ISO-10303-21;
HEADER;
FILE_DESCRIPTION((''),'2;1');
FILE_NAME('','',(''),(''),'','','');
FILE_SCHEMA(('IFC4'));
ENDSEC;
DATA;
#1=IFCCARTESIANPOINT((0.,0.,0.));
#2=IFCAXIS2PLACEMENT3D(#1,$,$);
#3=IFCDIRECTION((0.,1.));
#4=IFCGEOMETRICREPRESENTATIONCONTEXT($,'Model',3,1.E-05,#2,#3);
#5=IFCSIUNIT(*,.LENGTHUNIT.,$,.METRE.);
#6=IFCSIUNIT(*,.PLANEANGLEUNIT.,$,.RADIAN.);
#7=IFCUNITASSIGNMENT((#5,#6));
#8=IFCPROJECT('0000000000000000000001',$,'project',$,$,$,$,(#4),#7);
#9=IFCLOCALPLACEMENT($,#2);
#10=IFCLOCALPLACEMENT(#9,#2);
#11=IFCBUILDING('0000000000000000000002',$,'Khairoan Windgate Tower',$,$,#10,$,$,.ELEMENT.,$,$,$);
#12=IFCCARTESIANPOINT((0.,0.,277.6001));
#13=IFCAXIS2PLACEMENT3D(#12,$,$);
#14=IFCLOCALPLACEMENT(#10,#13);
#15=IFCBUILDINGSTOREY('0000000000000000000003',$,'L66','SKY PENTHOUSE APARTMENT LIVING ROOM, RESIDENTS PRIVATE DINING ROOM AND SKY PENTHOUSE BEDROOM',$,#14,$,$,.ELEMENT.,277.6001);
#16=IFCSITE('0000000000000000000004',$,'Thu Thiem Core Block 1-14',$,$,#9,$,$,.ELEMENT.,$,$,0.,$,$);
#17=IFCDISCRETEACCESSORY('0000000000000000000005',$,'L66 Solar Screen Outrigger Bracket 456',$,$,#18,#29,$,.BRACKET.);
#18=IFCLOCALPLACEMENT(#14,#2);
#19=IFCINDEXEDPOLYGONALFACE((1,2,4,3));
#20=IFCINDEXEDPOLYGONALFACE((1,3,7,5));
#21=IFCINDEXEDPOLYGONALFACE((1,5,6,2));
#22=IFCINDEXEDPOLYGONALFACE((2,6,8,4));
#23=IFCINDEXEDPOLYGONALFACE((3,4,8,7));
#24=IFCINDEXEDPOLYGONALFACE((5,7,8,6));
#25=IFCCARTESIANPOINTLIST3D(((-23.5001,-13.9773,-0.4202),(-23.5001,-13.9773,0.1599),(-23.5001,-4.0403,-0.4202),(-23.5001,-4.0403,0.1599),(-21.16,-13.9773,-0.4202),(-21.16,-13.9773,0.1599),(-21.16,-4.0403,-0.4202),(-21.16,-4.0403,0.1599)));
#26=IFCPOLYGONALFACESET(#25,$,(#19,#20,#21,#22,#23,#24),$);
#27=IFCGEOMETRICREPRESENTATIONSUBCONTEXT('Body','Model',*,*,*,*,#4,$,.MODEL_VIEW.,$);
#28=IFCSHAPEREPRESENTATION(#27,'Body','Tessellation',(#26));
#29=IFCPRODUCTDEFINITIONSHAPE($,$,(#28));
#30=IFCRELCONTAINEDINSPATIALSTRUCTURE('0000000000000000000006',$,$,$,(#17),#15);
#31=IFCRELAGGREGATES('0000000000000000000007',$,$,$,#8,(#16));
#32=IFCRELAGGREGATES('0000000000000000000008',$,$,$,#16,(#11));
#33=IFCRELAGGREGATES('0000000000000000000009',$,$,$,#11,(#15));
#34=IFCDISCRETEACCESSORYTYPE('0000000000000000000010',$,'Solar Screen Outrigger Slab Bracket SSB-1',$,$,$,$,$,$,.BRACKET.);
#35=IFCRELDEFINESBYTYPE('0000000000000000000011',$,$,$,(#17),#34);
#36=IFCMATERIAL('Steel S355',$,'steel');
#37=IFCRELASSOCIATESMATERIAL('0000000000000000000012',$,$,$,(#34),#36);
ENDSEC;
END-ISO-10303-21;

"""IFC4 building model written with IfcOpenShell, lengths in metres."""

from ifc_helpers import new_model, si_unit, direction, frame, origin, origin_2d, place, context, subcontext, project, spatial, rectangle, extrude, material, type_object, element, save


model = new_model("IFC4")

# Units and contexts
model_context = context("Model", 3, precision=1e-05, world=origin(), true_north=direction((0.0, 1.0)))
body_context = subcontext(model_context, "Body", "Model", "MODEL_VIEW")
ifc_project = project(units=[si_unit("LENGTHUNIT", "METRE"), si_unit("PLANEANGLEUNIT", "RADIAN")], contexts=[model_context])

# Site, building, storey
site_placement = place(None, origin())
site = spatial("IfcSite", under=ifc_project, at=site_placement, Name="Thu Thiem Core Block 1-14", CompositionType="ELEMENT", RefElevation=0.0)
building_placement = place(site_placement, origin())
building = spatial("IfcBuilding", under=site, at=building_placement, Name="Khairoan Windgate Tower", CompositionType="ELEMENT")
storey_placement = place(building_placement, frame((0.0, 0.0, 277.6001)))
storey = spatial("IfcBuildingStorey", under=building, at=storey_placement, Name="L66", Description="SKY PENTHOUSE APARTMENT LIVING ROOM, RESIDENTS PRIVATE DINING ROOM AND SKY PENTHOUSE BEDROOM", CompositionType="ELEMENT", Elevation=277.6001)

# Discrete accessory
ifc_material_1 = material(Name="Steel S355", Category="steel")
discrete_accessory_type = type_object("IfcDiscreteAccessoryType", Name="Solar Screen Outrigger Slab Bracket SSB-1", PredefinedType="BRACKET", material=ifc_material_1)
discrete_accessory_placement = place(storey_placement, frame((-22.3301, -9.0088, -0.4202), z_axis=(0.0, 0.0, 1.0), x_axis=(0.0, 1.0, 0.0)))
element("IfcDiscreteAccessory", 1, at=discrete_accessory_placement, inside=storey, type_object=discrete_accessory_type, Name="L66 Solar Screen Outrigger Bracket 456", PredefinedType="BRACKET", context=body_context, shape_type="SweptSolid", body=[
    extrude(rectangle(XDim=9.937, YDim=2.3401, at=origin_2d()), origin(), (0.0, 0.0, 1.0), 0.5801),
])

save(model, "model.ifc")
